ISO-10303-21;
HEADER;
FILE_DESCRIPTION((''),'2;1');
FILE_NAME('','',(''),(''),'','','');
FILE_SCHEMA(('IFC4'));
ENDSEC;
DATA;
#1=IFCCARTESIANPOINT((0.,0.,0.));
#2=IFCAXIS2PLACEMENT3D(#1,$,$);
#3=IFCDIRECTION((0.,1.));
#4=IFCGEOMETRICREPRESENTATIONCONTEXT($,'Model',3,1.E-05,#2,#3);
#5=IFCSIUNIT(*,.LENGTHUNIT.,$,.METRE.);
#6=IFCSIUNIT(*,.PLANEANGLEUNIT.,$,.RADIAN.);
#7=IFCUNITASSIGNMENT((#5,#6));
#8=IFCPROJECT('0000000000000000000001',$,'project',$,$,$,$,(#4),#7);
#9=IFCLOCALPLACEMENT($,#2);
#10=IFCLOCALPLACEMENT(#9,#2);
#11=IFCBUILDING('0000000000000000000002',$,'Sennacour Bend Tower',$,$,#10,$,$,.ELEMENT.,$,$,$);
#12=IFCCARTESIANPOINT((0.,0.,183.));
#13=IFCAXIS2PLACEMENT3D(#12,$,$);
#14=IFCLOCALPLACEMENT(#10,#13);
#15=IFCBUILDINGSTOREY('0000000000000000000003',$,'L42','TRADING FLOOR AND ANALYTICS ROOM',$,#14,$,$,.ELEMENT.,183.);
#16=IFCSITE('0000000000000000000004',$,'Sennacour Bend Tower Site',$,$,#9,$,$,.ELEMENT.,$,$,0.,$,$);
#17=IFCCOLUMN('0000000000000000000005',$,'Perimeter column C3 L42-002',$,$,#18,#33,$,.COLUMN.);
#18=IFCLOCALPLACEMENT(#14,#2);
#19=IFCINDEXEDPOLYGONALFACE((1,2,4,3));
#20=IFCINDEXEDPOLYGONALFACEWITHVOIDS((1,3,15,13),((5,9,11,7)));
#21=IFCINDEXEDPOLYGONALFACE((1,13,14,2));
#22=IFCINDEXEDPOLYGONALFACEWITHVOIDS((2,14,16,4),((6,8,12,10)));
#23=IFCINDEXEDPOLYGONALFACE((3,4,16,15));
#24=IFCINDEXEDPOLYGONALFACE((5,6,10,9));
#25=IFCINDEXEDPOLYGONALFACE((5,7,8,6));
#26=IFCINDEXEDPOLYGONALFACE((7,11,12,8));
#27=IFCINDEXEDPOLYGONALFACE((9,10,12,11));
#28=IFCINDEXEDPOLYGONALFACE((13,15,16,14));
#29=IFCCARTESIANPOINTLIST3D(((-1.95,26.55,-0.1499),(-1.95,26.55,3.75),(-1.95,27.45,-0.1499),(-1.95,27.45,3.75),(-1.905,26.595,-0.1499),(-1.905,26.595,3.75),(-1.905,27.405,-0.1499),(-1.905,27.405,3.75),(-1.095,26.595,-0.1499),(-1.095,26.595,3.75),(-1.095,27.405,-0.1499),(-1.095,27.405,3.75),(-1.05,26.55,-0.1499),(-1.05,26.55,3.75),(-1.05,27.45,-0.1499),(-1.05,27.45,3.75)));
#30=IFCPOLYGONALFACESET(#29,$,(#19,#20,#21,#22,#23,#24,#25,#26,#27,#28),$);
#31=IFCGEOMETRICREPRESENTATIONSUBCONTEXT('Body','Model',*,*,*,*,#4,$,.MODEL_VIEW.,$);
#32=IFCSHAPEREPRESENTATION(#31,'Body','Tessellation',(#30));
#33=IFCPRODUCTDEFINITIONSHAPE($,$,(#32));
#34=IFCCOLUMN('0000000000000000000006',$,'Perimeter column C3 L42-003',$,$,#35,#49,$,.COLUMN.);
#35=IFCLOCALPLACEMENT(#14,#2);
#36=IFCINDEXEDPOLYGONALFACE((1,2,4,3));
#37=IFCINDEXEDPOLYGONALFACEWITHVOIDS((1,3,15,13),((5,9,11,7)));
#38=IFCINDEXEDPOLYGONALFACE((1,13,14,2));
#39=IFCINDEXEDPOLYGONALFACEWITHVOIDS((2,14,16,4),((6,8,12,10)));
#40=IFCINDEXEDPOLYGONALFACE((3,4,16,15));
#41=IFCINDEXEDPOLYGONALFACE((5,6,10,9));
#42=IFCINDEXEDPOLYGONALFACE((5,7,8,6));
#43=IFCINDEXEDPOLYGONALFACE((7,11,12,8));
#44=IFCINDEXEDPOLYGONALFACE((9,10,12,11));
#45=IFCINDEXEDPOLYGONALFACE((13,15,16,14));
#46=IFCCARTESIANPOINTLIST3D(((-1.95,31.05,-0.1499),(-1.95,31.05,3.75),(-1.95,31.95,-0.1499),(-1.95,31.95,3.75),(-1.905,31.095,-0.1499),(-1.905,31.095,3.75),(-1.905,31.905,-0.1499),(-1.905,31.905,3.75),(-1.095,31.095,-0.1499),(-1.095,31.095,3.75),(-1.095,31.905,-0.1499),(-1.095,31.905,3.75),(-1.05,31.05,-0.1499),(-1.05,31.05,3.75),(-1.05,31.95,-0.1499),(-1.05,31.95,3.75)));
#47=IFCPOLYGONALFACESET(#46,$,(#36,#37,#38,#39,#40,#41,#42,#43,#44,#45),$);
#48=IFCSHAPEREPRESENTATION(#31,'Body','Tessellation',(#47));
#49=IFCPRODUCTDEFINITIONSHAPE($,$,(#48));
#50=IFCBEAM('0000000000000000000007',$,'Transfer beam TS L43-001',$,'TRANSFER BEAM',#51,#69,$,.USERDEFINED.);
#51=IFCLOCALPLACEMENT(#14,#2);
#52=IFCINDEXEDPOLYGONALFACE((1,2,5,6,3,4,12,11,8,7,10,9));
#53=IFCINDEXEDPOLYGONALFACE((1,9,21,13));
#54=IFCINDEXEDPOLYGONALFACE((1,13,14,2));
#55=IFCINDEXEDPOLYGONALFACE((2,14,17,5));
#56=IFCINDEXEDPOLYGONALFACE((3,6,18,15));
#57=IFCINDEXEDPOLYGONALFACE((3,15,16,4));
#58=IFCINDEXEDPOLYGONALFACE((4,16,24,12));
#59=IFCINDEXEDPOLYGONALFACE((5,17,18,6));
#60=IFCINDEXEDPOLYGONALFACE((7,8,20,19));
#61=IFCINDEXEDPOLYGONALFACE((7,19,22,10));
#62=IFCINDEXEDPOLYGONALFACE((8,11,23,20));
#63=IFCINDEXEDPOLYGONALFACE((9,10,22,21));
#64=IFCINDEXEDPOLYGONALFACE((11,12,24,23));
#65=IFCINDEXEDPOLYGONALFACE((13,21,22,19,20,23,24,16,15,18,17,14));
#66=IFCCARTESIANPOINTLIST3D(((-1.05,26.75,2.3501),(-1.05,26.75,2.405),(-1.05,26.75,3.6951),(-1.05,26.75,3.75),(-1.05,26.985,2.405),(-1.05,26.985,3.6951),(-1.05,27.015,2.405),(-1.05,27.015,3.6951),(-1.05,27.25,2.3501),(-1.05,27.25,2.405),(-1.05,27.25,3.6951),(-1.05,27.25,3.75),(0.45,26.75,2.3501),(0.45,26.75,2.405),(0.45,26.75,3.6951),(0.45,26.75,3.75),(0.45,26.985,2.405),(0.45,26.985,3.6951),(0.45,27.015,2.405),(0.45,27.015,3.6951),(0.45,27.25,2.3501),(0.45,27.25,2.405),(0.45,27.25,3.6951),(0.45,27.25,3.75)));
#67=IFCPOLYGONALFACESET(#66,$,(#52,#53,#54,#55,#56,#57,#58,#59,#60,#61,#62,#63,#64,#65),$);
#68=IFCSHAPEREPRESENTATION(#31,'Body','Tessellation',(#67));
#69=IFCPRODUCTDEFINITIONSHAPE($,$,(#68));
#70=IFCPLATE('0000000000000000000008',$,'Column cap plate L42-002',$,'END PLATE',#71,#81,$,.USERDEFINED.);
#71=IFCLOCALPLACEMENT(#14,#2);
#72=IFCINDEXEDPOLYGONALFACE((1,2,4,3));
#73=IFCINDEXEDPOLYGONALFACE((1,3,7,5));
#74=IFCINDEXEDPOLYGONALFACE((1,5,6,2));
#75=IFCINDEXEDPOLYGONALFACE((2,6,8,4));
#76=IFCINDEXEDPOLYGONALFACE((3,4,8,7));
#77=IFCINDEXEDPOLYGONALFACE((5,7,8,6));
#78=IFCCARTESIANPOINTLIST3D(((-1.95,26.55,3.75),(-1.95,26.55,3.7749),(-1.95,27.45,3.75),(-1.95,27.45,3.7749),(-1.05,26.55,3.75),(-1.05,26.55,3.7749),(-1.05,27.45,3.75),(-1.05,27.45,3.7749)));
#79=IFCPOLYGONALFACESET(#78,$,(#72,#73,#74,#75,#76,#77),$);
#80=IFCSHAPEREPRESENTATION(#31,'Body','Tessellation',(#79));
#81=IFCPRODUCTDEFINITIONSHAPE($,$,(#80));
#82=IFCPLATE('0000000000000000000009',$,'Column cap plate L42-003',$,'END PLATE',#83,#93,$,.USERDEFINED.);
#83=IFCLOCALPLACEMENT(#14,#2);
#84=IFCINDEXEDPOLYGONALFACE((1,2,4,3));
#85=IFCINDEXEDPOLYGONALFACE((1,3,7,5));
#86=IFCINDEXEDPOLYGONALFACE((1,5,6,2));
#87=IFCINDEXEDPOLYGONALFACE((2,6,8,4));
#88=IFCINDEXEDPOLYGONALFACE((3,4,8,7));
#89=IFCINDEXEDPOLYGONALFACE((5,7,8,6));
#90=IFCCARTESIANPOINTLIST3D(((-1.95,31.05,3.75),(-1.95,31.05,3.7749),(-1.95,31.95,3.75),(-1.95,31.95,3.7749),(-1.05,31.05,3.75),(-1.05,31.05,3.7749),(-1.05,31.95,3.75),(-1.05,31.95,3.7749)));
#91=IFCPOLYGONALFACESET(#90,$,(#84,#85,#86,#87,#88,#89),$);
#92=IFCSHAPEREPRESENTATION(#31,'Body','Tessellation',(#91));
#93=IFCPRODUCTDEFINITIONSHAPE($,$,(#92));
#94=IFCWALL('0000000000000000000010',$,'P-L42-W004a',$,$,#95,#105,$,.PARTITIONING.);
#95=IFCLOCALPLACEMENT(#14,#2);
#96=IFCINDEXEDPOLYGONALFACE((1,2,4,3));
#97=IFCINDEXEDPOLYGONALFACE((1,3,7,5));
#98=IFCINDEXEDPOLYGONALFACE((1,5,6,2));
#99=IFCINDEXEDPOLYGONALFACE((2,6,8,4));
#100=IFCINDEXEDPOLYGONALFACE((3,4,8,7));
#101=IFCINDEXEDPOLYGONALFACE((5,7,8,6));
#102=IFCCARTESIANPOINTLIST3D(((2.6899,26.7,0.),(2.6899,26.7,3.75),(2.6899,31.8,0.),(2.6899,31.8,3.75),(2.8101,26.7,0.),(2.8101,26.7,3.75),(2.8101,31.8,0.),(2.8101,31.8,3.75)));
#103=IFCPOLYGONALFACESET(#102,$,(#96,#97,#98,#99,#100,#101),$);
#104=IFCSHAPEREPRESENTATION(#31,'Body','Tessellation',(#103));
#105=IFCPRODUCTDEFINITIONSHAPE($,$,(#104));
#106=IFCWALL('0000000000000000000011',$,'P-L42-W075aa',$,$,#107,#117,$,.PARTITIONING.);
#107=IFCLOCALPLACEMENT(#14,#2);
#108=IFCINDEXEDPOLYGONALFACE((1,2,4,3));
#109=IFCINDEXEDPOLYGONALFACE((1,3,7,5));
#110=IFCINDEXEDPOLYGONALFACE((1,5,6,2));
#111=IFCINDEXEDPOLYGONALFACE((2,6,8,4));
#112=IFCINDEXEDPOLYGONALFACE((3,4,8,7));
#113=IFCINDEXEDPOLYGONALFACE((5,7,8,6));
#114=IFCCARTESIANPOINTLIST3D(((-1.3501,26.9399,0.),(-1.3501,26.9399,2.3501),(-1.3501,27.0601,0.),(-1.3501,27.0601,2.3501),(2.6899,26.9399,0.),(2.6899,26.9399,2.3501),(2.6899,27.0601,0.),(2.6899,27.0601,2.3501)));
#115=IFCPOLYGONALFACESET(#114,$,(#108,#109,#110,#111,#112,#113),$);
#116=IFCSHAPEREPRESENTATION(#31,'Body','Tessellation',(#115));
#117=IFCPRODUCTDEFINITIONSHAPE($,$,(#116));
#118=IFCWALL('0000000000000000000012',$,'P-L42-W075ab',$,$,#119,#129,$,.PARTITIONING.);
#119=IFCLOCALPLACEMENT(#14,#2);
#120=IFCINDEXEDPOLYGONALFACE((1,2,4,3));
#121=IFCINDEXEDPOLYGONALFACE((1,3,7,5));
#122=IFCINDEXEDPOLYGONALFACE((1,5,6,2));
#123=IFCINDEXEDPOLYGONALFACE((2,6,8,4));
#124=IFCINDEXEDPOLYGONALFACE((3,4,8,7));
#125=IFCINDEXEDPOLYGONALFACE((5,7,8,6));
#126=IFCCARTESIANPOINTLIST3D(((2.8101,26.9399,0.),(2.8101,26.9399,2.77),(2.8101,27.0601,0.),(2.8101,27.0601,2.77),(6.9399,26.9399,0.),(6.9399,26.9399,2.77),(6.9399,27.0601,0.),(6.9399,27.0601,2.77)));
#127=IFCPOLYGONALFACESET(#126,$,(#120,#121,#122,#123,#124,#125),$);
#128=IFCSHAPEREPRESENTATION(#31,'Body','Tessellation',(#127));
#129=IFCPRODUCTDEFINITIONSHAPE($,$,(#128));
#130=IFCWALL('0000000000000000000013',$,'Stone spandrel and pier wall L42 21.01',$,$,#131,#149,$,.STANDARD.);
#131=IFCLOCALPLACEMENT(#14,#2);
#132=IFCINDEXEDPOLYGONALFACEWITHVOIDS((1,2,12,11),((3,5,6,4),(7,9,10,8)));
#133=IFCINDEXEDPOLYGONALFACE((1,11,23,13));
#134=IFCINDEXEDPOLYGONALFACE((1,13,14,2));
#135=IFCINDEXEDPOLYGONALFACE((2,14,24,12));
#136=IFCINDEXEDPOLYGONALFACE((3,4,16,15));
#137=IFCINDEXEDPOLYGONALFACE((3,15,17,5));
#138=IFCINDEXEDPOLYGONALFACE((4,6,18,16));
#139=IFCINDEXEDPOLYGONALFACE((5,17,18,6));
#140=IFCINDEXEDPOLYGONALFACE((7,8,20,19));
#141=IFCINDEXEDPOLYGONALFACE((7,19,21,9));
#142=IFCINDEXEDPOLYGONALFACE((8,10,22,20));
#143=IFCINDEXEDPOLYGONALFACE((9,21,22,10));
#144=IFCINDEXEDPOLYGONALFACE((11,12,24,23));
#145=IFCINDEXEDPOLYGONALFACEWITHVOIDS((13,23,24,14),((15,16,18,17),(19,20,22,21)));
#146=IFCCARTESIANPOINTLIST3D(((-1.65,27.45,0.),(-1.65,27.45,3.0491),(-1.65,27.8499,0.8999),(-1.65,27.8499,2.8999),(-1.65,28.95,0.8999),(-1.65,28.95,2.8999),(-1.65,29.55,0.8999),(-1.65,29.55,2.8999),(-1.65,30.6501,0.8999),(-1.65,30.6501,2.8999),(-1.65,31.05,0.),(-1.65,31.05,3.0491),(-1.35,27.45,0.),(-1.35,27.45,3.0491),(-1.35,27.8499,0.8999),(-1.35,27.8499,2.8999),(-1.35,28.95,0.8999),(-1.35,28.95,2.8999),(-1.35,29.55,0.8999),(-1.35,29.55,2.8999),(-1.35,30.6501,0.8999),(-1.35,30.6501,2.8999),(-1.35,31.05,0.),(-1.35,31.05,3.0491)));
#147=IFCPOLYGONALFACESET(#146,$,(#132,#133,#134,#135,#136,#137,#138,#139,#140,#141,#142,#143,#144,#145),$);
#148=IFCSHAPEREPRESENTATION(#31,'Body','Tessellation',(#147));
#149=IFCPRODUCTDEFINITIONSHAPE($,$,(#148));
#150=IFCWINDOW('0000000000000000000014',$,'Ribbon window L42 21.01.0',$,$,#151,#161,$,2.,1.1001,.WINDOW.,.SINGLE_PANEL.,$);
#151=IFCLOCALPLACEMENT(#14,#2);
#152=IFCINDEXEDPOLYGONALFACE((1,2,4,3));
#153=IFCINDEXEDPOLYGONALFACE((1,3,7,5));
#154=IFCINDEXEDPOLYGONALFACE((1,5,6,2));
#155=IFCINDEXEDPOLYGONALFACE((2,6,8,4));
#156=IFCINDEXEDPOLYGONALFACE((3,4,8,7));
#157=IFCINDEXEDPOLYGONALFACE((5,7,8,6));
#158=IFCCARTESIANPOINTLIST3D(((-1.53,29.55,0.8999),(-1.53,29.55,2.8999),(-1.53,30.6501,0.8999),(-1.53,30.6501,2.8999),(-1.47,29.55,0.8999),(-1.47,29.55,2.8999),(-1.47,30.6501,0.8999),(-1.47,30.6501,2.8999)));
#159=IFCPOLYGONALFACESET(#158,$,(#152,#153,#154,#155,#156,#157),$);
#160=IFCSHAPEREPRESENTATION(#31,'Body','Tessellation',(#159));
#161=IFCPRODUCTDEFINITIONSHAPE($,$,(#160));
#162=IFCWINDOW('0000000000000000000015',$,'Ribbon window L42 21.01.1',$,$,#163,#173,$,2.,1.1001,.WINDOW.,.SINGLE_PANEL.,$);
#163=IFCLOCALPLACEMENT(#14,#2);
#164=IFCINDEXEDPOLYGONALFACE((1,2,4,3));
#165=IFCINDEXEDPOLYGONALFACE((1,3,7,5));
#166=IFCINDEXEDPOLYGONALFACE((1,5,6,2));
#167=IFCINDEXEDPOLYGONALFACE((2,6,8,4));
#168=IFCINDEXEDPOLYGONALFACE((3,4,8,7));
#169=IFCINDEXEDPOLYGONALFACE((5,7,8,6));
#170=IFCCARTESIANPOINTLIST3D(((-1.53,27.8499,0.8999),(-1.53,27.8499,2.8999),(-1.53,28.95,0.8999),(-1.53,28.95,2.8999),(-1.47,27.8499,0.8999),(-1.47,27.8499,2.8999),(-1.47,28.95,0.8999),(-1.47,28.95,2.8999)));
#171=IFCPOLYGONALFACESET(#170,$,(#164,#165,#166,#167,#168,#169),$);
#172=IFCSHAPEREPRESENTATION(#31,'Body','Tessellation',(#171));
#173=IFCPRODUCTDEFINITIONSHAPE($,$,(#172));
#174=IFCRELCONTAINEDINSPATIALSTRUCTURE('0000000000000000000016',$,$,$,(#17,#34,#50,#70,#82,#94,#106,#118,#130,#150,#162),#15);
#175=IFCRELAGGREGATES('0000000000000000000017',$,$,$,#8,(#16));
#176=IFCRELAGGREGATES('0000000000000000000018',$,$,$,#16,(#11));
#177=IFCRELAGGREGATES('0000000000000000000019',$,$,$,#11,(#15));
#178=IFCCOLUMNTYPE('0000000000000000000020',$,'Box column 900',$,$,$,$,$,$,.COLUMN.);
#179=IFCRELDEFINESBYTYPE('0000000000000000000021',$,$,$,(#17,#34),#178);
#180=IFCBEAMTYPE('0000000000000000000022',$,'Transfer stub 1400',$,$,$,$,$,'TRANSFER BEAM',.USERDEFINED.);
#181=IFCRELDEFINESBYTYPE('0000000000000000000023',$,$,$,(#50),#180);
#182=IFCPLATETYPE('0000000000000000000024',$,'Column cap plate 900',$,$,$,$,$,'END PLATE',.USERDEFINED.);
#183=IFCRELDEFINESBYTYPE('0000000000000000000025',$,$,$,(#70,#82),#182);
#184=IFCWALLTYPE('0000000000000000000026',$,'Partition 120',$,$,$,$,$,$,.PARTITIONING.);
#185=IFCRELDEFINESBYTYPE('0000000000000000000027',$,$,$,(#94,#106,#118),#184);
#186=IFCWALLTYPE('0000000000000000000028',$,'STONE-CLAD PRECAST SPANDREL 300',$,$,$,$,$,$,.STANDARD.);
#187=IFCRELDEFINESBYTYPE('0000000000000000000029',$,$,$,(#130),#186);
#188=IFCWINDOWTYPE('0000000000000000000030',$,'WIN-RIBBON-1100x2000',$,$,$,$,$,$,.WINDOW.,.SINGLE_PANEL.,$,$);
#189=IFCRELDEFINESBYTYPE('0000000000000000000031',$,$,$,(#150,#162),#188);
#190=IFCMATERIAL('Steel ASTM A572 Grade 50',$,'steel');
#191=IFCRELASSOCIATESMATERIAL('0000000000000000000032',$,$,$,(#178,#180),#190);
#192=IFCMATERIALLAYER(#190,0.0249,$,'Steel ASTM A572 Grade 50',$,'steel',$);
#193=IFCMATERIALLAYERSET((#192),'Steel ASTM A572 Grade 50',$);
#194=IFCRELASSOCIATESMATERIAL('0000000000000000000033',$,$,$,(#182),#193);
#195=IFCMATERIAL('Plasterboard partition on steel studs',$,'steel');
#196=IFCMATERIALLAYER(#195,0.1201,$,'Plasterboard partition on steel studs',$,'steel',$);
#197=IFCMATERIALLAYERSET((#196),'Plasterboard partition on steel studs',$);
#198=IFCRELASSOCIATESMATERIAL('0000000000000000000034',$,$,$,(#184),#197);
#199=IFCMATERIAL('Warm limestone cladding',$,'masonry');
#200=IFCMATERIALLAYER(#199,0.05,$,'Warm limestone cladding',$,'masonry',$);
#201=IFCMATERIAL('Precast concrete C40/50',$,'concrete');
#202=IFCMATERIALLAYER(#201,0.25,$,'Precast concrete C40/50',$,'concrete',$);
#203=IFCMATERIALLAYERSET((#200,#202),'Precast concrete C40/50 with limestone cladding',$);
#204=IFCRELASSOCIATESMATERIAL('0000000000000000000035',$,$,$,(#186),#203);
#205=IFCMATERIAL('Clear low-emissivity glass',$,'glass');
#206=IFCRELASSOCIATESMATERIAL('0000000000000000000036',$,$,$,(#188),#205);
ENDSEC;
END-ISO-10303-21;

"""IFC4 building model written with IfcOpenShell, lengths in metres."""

from ifc_helpers import new_model, si_unit, direction, frame, frame_2d, origin, origin_2d, place, context, subcontext, project, spatial, rectangle, hollow_rectangle, i_section, extrude, material, layer, layer_set, material_profile, profile_set, type_object, element, fill, save


model = new_model("IFC4")

# Units and contexts
model_context = context("Model", 3, precision=1e-05, world=origin(), true_north=direction((0.0, 1.0)))
body_context = subcontext(model_context, "Body", "Model", "MODEL_VIEW")
ifc_project = project(units=[si_unit("LENGTHUNIT", "METRE"), si_unit("PLANEANGLEUNIT", "RADIAN")], contexts=[model_context])

# Site, building, storey
site_placement = place(None, origin())
site = spatial("IfcSite", under=ifc_project, at=site_placement, Name="Sennacour Bend Tower Site", CompositionType="ELEMENT", RefElevation=0.0)
building_placement = place(site_placement, origin())
building = spatial("IfcBuilding", under=site, at=building_placement, Name="Sennacour Bend Tower", CompositionType="ELEMENT")
storey_placement = place(building_placement, frame((0.0, 0.0, 183.0)))
storey = spatial("IfcBuildingStorey", under=building, at=storey_placement, Name="L42", Description="TRADING FLOOR AND ANALYTICS ROOM", CompositionType="ELEMENT", Elevation=183.0)

# Columns
ifc_material_1 = material(Name="Steel ASTM A572 Grade 50", Category="steel")
ifc_material_profile_1 = material_profile(ifc_material_1, hollow_rectangle(XDim=0.8999, YDim=0.8999, WallThickness=0.0449, at=origin_2d()), Name="Steel ASTM A572 Grade 50", Category="steel")
ifc_profile_set_1 = profile_set([ifc_material_profile_1], Name="Steel ASTM A572 Grade 50")
column_type = type_object("IfcColumnType", Name="Box column 900", PredefinedType="COLUMN", material=ifc_profile_set_1)
for number, where, z_axis, x_axis, name in (
    (1, (-1.5, 27.0, -0.1499), (0.0, 0.0, 1.0), (1.0, 0.0, 0.0), "Perimeter column C3 L42-002"),
    (2, (-1.5, 31.5, -0.1499), (0.0, 0.0, 1.0), (1.0, 0.0, 0.0), "Perimeter column C3 L42-003"),
):
    element("IfcColumn", number, at=place(storey_placement, frame(where, z_axis=z_axis, x_axis=x_axis)), inside=storey, type_object=column_type, Name=name, PredefinedType="COLUMN", context=body_context, shape_type="SweptSolid", body=[
        extrude(hollow_rectangle(XDim=0.8999, YDim=0.8999, WallThickness=0.0449, at=origin_2d()), origin(), (0.0, 0.0, 1.0), 3.8999),
    ])

# Beam
ifc_material_profile_2 = material_profile(ifc_material_1, i_section(OverallWidth=0.5, OverallDepth=1.3999, WebThickness=0.03, FlangeThickness=0.0549, at=origin_2d()), Name="Steel ASTM A572 Grade 50", Category="steel")
ifc_profile_set_2 = profile_set([ifc_material_profile_2], Name="Steel ASTM A572 Grade 50")
beam_type = type_object("IfcBeamType", Name="Transfer stub 1400", ElementType="TRANSFER BEAM", PredefinedType="USERDEFINED", material=ifc_profile_set_2)
beam_placement = place(storey_placement, frame((-1.05, 27.0, 3.05), z_axis=(1.0, 0.0, 0.0), x_axis=(0.0, 1.0, 0.0)))
element("IfcBeam", 3, at=beam_placement, inside=storey, type_object=beam_type, Name="Transfer beam TS L43-001", ObjectType="TRANSFER BEAM", PredefinedType="USERDEFINED", context=body_context, shape_type="SweptSolid", body=[
    extrude(i_section(OverallWidth=0.5, OverallDepth=1.3999, WebThickness=0.03, FlangeThickness=0.0549, at=origin_2d()), origin(), (0.0, 0.0, 1.0), 1.5),
])

# Plates
ifc_layer_1 = layer(ifc_material_1, 0.0249, Name="Steel ASTM A572 Grade 50", Category="steel")
ifc_layer_set_1 = layer_set([ifc_layer_1], Name="Steel ASTM A572 Grade 50")
plate_type = type_object("IfcPlateType", Name="Column cap plate 900", ElementType="END PLATE", PredefinedType="USERDEFINED", material=ifc_layer_set_1)
for number, where, z_axis, x_axis, name in (
    (4, (-1.5, 27.0, 3.75), (0.0, 0.0, 1.0), (1.0, 0.0, 0.0), "Column cap plate L42-002"),
    (5, (-1.5, 31.5, 3.75), (0.0, 0.0, 1.0), (1.0, 0.0, 0.0), "Column cap plate L42-003"),
):
    element("IfcPlate", number, at=place(storey_placement, frame(where, z_axis=z_axis, x_axis=x_axis)), inside=storey, type_object=plate_type, Name=name, ObjectType="END PLATE", PredefinedType="USERDEFINED", context=body_context, shape_type="SweptSolid", body=[
        extrude(rectangle(XDim=0.8999, YDim=0.8999, at=origin_2d()), origin(), (0.0, 0.0, 1.0), 0.0249),
    ])

# Walls
ifc_material_2 = material(Name="Plasterboard partition on steel studs", Category="steel")
ifc_layer_2 = layer(ifc_material_2, 0.1201, Name="Plasterboard partition on steel studs", Category="steel")
ifc_layer_set_2 = layer_set([ifc_layer_2], Name="Plasterboard partition on steel studs")
wall_type_1 = type_object("IfcWallType", Name="Partition 120", PredefinedType="PARTITIONING", material=ifc_layer_set_2)
wall_1_placement = place(storey_placement, frame((2.75, 26.7, 0.0), z_axis=(0.0, 0.0, 1.0), x_axis=(0.0, 1.0, 0.0)))
element("IfcWall", 6, at=wall_1_placement, inside=storey, type_object=wall_type_1, Name="P-L42-W004a", PredefinedType="PARTITIONING", context=body_context, shape_type="SweptSolid", body=[
    extrude(rectangle(XDim=5.1001, YDim=0.1201, at=frame_2d((2.55, 0.0))), origin(), (0.0, 0.0, 1.0), 3.75),
])
wall_2_placement = place(storey_placement, frame((-1.3501, 27.0, 0.0), z_axis=(0.0, 0.0, 1.0), x_axis=(1.0, 0.0, 0.0)))
element("IfcWall", 7, at=wall_2_placement, inside=storey, type_object=wall_type_1, Name="P-L42-W075aa", PredefinedType="PARTITIONING", context=body_context, shape_type="SweptSolid", body=[
    extrude(rectangle(XDim=4.04, YDim=0.1201, at=frame_2d((2.02, 0.0))), origin(), (0.0, 0.0, 1.0), 2.3501),
])
wall_3_placement = place(storey_placement, frame((2.8101, 27.0, 0.0), z_axis=(0.0, 0.0, 1.0), x_axis=(1.0, 0.0, 0.0)))
element("IfcWall", 8, at=wall_3_placement, inside=storey, type_object=wall_type_1, Name="P-L42-W075ab", PredefinedType="PARTITIONING", context=body_context, shape_type="SweptSolid", body=[
    extrude(rectangle(XDim=4.1299, YDim=0.1201, at=frame_2d((2.0649, 0.0))), origin(), (0.0, 0.0, 1.0), 2.77),
])

# Wall, openings, windows
ifc_material_3 = material(Name="Warm limestone cladding", Category="masonry")
ifc_layer_3 = layer(ifc_material_3, 0.05, Name="Warm limestone cladding", Category="masonry")
ifc_material_4 = material(Name="Precast concrete C40/50", Category="concrete")
ifc_layer_4 = layer(ifc_material_4, 0.25, Name="Precast concrete C40/50", Category="concrete")
ifc_layer_set_3 = layer_set([ifc_layer_3, ifc_layer_4], Name="Precast concrete C40/50 with limestone cladding")
wall_type_2 = type_object("IfcWallType", Name="STONE-CLAD PRECAST SPANDREL 300", PredefinedType="STANDARD", material=ifc_layer_set_3)
wall_4_placement = place(storey_placement, frame((-1.5, 31.05, 0.0), z_axis=(0.0, 0.0, 1.0), x_axis=(0.0, -1.0, 0.0)))
wall_4 = element("IfcWall", 9, at=wall_4_placement, inside=storey, type_object=wall_type_2, Name="Stone spandrel and pier wall L42 21.01", PredefinedType="STANDARD", context=body_context, shape_type="SweptSolid", body=[
    extrude(rectangle(XDim=3.6001, YDim=0.3, at=frame_2d((1.8, 0.0))), origin(), (0.0, 0.0, 1.0), 3.0491),
])
opening_1_placement = place(wall_4_placement, frame((0.3999, 0.0, 0.8999)))
opening_1 = element("IfcOpeningElement", 10, at=opening_1_placement, cuts=wall_4, PredefinedType="OPENING", context=body_context, shape_type="SweptSolid", body=[
    extrude(rectangle(XDim=1.1001, YDim=2.0, at=frame_2d((0.55, 1.0))), frame((0.0, 0.1602, 0.0), z_axis=(0.0, -1.0, 0.0), x_axis=(1.0, 0.0, 0.0)), (0.0, 0.0, 1.0), 0.3201),
])
opening_2_placement = place(wall_4_placement, frame((2.1001, 0.0, 0.8999)))
opening_2 = element("IfcOpeningElement", 11, at=opening_2_placement, cuts=wall_4, PredefinedType="OPENING", context=body_context, shape_type="SweptSolid", body=[
    extrude(rectangle(XDim=1.1001, YDim=2.0, at=frame_2d((0.55, 1.0))), frame((0.0, 0.1602, 0.0), z_axis=(0.0, -1.0, 0.0), x_axis=(1.0, 0.0, 0.0)), (0.0, 0.0, 1.0), 0.3201),
])
ifc_material_5 = material(Name="Clear low-emissivity glass", Category="glass")
window_type = type_object("IfcWindowType", Name="WIN-RIBBON-1100x2000", PartitioningType="SINGLE_PANEL", PredefinedType="WINDOW", material=ifc_material_5)
window_1_placement = place(opening_1_placement, origin())
window_1 = element("IfcWindow", 12, at=window_1_placement, inside=storey, type_object=window_type, Name="Ribbon window L42 21.01.0", OverallHeight=2.0, OverallWidth=1.1001, PartitioningType="SINGLE_PANEL", PredefinedType="WINDOW", context=body_context, shape_type="SweptSolid", body=[
    extrude(rectangle(XDim=1.1001, YDim=2.0, at=frame_2d((0.55, 1.0))), frame((0.0, 0.03, 0.0), z_axis=(0.0, -1.0, 0.0), x_axis=(1.0, 0.0, 0.0)), (0.0, 0.0, 1.0), 0.0601),
])
fill(opening_1, window_1)
window_2_placement = place(opening_2_placement, origin())
window_2 = element("IfcWindow", 13, at=window_2_placement, inside=storey, type_object=window_type, Name="Ribbon window L42 21.01.1", OverallHeight=2.0, OverallWidth=1.1001, PartitioningType="SINGLE_PANEL", PredefinedType="WINDOW", context=body_context, shape_type="SweptSolid", body=[
    extrude(rectangle(XDim=1.1001, YDim=2.0, at=frame_2d((0.55, 1.0))), frame((0.0, 0.03, 0.0), z_axis=(0.0, -1.0, 0.0), x_axis=(1.0, 0.0, 0.0)), (0.0, 0.0, 1.0), 0.0601),
])
fill(opening_2, window_2)

save(model, "model.ifc")
